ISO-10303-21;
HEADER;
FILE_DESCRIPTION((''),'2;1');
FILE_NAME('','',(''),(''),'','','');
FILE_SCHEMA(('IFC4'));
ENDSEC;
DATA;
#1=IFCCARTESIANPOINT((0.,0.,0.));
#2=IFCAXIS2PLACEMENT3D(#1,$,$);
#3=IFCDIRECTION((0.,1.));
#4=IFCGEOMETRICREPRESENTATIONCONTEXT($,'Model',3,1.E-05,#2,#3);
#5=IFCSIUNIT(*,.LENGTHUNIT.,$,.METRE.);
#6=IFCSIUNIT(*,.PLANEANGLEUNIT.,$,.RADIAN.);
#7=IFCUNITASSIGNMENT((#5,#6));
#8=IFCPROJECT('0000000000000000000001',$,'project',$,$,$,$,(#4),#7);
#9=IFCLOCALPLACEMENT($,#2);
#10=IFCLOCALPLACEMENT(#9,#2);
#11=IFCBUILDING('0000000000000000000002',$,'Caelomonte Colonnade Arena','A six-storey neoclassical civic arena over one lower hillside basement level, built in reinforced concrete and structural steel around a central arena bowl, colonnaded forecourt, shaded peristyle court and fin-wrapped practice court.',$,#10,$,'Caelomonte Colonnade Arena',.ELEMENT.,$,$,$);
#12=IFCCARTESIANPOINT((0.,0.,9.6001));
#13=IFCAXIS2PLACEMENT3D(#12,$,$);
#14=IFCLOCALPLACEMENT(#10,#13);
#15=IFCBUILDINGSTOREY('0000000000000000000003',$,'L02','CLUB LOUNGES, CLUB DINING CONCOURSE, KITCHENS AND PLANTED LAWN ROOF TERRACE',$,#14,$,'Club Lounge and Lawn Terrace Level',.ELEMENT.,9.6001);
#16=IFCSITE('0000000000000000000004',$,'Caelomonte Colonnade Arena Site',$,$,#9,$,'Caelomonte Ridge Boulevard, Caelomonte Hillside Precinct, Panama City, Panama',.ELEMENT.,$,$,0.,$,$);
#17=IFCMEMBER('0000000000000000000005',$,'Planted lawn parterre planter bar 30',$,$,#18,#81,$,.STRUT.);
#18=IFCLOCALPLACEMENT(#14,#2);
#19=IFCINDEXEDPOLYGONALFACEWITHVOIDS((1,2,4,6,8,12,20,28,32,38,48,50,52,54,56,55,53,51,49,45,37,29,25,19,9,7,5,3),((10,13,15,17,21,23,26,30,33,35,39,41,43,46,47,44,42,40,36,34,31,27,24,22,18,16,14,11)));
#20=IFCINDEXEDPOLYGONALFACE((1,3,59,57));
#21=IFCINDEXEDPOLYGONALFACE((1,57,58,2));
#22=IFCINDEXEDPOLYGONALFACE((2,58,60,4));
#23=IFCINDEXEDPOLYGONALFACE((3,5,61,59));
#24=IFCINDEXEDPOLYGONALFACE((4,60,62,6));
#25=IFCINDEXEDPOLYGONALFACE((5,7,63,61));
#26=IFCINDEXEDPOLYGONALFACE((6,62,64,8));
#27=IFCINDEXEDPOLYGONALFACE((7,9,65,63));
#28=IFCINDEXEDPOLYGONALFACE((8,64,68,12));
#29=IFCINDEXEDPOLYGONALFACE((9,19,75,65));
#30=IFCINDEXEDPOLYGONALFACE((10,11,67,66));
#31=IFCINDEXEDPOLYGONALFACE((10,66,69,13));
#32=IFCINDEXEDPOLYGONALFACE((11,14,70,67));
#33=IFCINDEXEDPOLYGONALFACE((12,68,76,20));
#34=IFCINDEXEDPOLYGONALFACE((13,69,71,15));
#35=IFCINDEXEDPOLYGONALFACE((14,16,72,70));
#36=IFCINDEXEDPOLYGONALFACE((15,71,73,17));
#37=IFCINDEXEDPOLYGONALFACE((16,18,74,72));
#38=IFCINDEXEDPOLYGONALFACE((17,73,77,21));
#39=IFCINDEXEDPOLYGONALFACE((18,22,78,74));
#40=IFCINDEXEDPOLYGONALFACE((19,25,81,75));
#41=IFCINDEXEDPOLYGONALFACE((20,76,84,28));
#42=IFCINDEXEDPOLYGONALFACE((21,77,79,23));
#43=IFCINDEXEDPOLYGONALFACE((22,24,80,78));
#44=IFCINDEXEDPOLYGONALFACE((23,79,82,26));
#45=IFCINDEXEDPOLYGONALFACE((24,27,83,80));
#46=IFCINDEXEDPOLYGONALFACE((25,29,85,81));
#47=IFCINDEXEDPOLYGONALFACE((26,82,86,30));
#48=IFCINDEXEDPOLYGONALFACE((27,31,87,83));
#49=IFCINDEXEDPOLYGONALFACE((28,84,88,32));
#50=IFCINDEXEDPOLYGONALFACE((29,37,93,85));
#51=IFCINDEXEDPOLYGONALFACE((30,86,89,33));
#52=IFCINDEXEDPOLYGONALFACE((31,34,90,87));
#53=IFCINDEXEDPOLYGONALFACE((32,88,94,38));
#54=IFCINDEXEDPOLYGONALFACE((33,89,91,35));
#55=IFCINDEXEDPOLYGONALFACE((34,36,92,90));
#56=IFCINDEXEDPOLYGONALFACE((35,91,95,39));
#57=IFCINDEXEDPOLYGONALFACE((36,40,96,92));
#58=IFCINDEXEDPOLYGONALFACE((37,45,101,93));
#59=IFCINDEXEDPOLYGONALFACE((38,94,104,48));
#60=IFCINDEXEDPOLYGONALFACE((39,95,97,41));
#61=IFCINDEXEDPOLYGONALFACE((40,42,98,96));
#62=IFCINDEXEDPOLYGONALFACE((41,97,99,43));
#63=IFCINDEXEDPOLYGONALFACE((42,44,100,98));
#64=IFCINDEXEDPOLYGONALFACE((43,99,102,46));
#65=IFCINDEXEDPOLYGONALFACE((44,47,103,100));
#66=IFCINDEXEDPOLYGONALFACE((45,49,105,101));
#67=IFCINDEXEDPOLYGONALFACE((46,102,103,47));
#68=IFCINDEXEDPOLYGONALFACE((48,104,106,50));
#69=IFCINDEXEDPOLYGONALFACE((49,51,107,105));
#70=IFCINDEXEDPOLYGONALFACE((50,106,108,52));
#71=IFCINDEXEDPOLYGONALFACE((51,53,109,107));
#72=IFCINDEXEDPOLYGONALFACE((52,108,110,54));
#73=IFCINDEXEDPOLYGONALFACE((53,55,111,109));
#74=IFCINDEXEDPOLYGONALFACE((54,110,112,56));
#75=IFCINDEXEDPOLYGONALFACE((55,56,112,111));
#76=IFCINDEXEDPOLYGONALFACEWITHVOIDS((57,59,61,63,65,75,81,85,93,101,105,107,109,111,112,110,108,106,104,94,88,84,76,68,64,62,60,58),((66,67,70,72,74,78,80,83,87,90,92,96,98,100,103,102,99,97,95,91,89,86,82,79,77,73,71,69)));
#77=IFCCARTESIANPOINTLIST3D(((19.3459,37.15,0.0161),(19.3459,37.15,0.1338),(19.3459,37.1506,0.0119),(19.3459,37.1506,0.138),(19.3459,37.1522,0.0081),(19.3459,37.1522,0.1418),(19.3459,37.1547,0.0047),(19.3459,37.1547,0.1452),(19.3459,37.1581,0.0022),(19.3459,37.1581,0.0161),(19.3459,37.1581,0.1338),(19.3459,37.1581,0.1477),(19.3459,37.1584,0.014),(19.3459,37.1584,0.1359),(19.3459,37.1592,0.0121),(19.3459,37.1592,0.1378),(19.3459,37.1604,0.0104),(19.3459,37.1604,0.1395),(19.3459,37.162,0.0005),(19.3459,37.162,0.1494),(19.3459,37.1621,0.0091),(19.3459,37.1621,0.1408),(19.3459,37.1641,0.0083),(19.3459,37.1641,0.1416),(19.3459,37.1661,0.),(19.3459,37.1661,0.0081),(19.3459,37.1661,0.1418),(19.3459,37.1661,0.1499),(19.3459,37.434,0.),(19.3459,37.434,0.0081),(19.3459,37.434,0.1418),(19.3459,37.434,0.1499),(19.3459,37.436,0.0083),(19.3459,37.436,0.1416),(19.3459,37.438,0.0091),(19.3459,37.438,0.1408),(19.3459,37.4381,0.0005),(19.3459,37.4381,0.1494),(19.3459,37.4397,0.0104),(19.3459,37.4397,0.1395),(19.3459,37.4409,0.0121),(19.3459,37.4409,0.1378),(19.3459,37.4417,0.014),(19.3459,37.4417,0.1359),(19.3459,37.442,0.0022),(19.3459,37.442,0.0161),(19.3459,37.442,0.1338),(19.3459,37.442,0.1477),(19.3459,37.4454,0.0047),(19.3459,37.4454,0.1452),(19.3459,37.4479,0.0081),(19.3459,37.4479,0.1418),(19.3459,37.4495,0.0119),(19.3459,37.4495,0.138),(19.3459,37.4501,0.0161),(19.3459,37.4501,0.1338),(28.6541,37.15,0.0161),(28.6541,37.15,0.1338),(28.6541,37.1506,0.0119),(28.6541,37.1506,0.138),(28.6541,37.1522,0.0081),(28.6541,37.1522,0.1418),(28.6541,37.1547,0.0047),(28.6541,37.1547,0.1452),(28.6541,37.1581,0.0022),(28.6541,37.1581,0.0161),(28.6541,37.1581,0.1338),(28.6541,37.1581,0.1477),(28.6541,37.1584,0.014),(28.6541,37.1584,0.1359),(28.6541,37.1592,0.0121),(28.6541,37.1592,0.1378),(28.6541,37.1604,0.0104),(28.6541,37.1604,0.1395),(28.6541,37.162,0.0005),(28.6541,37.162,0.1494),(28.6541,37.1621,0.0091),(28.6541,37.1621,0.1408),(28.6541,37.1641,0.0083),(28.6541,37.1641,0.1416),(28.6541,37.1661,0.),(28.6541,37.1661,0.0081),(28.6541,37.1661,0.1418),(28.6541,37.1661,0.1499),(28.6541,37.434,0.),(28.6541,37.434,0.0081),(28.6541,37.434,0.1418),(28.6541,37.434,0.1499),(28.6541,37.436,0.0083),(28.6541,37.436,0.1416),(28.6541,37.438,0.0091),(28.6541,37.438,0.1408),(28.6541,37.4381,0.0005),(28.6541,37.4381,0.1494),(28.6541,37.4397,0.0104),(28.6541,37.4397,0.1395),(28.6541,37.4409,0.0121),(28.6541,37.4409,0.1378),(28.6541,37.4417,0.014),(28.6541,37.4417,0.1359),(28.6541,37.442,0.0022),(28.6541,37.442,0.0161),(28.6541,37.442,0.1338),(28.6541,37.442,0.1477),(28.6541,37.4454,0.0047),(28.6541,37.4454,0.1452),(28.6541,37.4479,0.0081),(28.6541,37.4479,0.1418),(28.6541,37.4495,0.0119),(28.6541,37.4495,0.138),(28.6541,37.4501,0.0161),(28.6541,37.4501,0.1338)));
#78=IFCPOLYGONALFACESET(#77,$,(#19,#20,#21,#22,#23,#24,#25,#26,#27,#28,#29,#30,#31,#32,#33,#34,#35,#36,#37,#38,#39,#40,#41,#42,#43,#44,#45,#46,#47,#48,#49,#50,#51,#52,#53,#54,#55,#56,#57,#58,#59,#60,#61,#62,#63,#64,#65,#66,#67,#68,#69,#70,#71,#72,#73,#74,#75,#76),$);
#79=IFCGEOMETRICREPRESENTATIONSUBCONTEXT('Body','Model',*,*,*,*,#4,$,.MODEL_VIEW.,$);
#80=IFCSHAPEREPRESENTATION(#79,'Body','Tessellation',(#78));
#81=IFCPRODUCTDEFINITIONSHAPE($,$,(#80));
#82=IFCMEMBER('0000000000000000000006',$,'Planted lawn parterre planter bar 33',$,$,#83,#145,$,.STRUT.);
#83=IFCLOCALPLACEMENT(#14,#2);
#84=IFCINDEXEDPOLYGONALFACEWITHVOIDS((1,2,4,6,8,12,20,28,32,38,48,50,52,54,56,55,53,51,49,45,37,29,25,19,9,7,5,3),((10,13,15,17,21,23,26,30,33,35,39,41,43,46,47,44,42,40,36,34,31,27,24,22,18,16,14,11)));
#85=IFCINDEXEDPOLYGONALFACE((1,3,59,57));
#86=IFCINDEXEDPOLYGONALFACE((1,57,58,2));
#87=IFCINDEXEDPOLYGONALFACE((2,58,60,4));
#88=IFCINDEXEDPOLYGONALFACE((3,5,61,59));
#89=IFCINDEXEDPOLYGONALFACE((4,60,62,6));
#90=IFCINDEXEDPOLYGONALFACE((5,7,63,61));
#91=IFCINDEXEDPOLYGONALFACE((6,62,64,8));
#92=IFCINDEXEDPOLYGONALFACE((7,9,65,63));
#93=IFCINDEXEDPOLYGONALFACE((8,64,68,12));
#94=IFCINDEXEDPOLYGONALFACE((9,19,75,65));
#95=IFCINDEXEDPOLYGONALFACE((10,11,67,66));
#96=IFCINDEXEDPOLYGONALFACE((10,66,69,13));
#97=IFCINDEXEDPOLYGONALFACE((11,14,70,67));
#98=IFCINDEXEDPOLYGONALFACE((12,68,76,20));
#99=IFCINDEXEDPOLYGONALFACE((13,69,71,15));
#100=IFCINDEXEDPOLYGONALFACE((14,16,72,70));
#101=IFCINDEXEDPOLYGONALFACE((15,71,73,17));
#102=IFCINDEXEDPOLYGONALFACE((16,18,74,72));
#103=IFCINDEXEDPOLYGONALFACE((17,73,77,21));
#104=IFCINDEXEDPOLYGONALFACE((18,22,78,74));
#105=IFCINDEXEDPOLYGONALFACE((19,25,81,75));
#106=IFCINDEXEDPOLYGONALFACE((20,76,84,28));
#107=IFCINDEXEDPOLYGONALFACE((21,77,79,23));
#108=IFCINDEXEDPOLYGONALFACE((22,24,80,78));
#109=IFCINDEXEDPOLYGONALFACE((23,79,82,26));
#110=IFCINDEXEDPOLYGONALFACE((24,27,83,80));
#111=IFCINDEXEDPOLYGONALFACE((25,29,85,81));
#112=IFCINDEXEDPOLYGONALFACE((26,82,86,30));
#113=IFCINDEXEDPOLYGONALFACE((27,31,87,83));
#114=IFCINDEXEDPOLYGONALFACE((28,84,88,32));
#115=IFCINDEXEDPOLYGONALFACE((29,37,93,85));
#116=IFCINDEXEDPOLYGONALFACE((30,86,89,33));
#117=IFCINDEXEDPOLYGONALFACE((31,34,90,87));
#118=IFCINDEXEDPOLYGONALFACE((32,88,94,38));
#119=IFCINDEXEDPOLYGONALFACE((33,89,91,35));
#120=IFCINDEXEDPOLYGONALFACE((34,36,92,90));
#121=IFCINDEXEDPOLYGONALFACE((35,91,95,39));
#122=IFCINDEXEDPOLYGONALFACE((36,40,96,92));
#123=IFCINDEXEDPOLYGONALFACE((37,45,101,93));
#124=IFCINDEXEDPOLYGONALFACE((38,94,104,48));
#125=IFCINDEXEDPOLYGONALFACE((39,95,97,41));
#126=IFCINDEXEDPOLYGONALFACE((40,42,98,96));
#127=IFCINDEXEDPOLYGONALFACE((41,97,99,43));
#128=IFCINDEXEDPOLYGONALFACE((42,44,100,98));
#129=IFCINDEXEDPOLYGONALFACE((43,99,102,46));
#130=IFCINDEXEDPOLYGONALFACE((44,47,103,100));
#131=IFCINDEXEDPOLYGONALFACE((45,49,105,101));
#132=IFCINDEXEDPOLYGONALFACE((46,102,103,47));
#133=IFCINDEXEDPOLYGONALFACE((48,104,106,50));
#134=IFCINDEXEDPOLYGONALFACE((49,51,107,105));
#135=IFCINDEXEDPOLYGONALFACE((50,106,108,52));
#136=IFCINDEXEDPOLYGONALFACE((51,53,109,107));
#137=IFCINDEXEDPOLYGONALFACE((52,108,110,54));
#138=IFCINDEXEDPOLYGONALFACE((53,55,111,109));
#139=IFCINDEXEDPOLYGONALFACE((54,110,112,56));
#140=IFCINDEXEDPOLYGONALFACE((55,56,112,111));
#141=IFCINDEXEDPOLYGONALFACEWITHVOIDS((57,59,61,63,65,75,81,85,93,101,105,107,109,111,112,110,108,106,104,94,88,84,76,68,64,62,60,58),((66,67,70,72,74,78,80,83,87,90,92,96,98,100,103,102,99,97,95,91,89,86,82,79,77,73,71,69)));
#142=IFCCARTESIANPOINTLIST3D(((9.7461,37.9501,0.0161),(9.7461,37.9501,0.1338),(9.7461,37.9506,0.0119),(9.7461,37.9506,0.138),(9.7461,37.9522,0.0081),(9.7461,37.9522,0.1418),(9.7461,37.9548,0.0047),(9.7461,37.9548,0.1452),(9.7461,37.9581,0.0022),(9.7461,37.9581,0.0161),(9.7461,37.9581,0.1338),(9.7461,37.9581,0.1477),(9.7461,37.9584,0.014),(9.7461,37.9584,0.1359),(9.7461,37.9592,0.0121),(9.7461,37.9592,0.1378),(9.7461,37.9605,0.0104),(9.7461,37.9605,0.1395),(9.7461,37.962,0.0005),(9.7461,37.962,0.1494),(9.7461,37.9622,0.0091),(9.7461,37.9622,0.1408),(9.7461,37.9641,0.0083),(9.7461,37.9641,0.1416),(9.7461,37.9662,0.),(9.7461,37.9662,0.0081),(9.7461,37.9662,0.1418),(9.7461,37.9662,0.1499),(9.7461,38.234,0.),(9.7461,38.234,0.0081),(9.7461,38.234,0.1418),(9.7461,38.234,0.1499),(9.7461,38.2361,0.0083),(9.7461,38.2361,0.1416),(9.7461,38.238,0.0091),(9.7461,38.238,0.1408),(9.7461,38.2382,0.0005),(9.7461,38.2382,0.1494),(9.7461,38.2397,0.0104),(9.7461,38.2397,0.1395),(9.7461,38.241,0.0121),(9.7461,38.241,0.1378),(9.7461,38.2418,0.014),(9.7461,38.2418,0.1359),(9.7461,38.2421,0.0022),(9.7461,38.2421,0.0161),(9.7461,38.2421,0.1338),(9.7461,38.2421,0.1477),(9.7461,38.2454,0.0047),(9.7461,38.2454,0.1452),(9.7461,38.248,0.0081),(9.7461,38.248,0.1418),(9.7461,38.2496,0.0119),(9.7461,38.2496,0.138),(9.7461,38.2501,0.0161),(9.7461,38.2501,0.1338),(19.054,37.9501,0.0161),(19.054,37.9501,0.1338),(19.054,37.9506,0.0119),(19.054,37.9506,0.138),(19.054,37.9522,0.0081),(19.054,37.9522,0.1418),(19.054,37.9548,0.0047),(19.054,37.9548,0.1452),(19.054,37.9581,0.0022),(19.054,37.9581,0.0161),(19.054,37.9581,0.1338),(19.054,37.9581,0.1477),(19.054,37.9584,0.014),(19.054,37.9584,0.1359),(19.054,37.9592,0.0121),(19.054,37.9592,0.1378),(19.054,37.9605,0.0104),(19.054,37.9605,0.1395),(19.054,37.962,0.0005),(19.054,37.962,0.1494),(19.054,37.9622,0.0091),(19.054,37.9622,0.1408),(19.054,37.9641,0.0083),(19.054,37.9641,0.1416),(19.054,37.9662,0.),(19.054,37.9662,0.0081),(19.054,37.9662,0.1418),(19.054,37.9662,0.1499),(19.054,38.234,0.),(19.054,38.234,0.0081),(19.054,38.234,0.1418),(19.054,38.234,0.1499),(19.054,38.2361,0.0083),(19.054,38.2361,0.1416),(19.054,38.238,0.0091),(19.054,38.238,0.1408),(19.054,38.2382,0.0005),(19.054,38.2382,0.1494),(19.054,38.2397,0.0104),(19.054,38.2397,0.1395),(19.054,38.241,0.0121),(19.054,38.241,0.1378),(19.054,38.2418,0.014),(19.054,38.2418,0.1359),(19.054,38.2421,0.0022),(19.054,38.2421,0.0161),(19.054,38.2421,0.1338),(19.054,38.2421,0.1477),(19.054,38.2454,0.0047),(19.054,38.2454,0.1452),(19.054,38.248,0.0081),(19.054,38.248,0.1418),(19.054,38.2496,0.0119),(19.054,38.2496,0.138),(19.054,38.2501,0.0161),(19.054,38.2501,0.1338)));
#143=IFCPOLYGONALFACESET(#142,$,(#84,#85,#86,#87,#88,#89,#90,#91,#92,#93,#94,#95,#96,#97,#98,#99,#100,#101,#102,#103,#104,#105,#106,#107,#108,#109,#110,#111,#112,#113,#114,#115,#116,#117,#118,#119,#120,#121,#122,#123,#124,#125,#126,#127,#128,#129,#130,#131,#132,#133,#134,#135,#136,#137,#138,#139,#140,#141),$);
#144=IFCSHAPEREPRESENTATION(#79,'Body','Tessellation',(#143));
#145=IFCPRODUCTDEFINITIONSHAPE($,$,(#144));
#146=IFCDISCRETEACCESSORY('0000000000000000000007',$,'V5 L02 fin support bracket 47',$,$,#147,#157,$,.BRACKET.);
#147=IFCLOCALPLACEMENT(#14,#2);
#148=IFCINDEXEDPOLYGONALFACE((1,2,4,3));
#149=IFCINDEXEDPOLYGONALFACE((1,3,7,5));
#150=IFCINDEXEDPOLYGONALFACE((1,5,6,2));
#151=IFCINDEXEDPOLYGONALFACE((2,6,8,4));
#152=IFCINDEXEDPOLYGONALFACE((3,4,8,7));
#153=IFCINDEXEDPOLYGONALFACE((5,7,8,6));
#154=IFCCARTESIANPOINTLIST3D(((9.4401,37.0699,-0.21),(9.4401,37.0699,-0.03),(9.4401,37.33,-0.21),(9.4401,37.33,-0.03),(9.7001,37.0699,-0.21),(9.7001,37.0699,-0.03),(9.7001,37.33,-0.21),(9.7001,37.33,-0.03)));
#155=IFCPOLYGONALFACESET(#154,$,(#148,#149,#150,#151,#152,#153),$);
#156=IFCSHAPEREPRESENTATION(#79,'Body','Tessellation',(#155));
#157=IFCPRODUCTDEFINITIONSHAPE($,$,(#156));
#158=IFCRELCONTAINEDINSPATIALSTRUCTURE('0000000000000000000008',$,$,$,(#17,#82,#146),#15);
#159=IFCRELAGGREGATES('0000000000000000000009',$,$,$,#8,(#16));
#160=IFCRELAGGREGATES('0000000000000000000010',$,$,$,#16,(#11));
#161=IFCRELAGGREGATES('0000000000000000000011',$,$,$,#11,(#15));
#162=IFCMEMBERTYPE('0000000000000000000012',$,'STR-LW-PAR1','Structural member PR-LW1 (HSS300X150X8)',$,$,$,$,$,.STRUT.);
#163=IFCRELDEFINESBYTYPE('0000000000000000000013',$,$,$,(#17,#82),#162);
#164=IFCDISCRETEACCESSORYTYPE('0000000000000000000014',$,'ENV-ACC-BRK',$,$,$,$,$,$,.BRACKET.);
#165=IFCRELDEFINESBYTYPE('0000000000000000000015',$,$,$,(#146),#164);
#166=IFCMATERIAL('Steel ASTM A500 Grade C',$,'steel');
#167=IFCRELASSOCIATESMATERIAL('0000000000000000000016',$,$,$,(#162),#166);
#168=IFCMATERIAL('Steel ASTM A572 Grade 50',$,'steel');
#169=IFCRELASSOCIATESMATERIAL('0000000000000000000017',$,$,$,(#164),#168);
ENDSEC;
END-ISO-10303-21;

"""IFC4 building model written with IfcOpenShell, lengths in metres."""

from ifc_helpers import new_model, si_unit, direction, frame, origin, origin_2d, place, context, subcontext, project, spatial, rectangle, hollow_rectangle, extrude, material, material_profile, profile_set, type_object, element, save


model = new_model("IFC4")

# Units and contexts
model_context = context("Model", 3, precision=1e-05, world=origin(), true_north=direction((0.0, 1.0)))
body_context = subcontext(model_context, "Body", "Model", "MODEL_VIEW")
ifc_project = project(units=[si_unit("LENGTHUNIT", "METRE"), si_unit("PLANEANGLEUNIT", "RADIAN")], contexts=[model_context])

# Site, building, storey
site_placement = place(None, origin())
site = spatial("IfcSite", under=ifc_project, at=site_placement, Name="Caelomonte Colonnade Arena Site", LongName="Caelomonte Ridge Boulevard, Caelomonte Hillside Precinct, Panama City, Panama", CompositionType="ELEMENT", RefElevation=0.0)
building_placement = place(site_placement, origin())
building = spatial("IfcBuilding", under=site, at=building_placement, Name="Caelomonte Colonnade Arena", Description="A six-storey neoclassical civic arena over one lower hillside basement level, built in reinforced concrete and structural steel around a central arena bowl, colonnaded forecourt, shaded peristyle court and fin-wrapped practice court.", LongName="Caelomonte Colonnade Arena", CompositionType="ELEMENT")
storey_placement = place(building_placement, frame((0.0, 0.0, 9.6001)))
storey = spatial("IfcBuildingStorey", under=building, at=storey_placement, Name="L02", Description="CLUB LOUNGES, CLUB DINING CONCOURSE, KITCHENS AND PLANTED LAWN ROOF TERRACE", LongName="Club Lounge and Lawn Terrace Level", CompositionType="ELEMENT", Elevation=9.6001)

# Members
ifc_material_1 = material(Name="Steel ASTM A500 Grade C", Category="steel")
ifc_material_profile_1 = material_profile(ifc_material_1, hollow_rectangle(XDim=0.3, YDim=0.1499, WallThickness=0.0081, InnerFilletRadius=0.0081, OuterFilletRadius=0.0161, at=origin_2d()), Name="HSS300X150X8")
ifc_profile_set_1 = profile_set([ifc_material_profile_1], Name="Steel ASTM A500 Grade C")
member_type = type_object("IfcMemberType", Name="STR-LW-PAR1", Description="Structural member PR-LW1 (HSS300X150X8)", PredefinedType="STRUT", material=ifc_profile_set_1)
member_1_placement = place(storey_placement, frame((19.3459, 37.3, 0.075), z_axis=(1.0, 0.0, 0.0), x_axis=(0.0, 1.0, 0.0)))
element("IfcMember", 1, at=member_1_placement, inside=storey, type_object=member_type, Name="Planted lawn parterre planter bar 30", PredefinedType="STRUT", context=body_context, shape_type="SweptSolid", body=[
    extrude(hollow_rectangle(XDim=0.3, YDim=0.1499, WallThickness=0.0081, InnerFilletRadius=0.0081, OuterFilletRadius=0.0161, at=origin_2d()), origin(), (0.0, 0.0, 1.0), 9.3081),
])
member_2_placement = place(storey_placement, frame((9.7461, 38.1001, 0.075), z_axis=(1.0, 0.0, 0.0), x_axis=(0.0, 1.0, 0.0)))
element("IfcMember", 2, at=member_2_placement, inside=storey, type_object=member_type, Name="Planted lawn parterre planter bar 33", PredefinedType="STRUT", context=body_context, shape_type="SweptSolid", body=[
    extrude(hollow_rectangle(XDim=0.3, YDim=0.1499, WallThickness=0.0081, InnerFilletRadius=0.0081, OuterFilletRadius=0.0161, at=origin_2d()), origin(), (0.0, 0.0, 1.0), 9.3079),
])

# Discrete accessory
ifc_material_2 = material(Name="Steel ASTM A572 Grade 50", Category="steel")
discrete_accessory_type = type_object("IfcDiscreteAccessoryType", Name="ENV-ACC-BRK", PredefinedType="BRACKET", material=ifc_material_2)
discrete_accessory_placement = place(storey_placement, frame((9.5701, 37.2, -0.21), z_axis=(0.0, 0.0, 1.0), x_axis=(0.0, -1.0, 0.0)))
element("IfcDiscreteAccessory", 3, at=discrete_accessory_placement, inside=storey, type_object=discrete_accessory_type, Name="V5 L02 fin support bracket 47", PredefinedType="BRACKET", context=body_context, shape_type="SweptSolid", body=[
    extrude(rectangle(XDim=0.26, YDim=0.26, at=origin_2d()), origin(), (0.0, 0.0, 1.0), 0.1799),
])

save(model, "model.ifc")
